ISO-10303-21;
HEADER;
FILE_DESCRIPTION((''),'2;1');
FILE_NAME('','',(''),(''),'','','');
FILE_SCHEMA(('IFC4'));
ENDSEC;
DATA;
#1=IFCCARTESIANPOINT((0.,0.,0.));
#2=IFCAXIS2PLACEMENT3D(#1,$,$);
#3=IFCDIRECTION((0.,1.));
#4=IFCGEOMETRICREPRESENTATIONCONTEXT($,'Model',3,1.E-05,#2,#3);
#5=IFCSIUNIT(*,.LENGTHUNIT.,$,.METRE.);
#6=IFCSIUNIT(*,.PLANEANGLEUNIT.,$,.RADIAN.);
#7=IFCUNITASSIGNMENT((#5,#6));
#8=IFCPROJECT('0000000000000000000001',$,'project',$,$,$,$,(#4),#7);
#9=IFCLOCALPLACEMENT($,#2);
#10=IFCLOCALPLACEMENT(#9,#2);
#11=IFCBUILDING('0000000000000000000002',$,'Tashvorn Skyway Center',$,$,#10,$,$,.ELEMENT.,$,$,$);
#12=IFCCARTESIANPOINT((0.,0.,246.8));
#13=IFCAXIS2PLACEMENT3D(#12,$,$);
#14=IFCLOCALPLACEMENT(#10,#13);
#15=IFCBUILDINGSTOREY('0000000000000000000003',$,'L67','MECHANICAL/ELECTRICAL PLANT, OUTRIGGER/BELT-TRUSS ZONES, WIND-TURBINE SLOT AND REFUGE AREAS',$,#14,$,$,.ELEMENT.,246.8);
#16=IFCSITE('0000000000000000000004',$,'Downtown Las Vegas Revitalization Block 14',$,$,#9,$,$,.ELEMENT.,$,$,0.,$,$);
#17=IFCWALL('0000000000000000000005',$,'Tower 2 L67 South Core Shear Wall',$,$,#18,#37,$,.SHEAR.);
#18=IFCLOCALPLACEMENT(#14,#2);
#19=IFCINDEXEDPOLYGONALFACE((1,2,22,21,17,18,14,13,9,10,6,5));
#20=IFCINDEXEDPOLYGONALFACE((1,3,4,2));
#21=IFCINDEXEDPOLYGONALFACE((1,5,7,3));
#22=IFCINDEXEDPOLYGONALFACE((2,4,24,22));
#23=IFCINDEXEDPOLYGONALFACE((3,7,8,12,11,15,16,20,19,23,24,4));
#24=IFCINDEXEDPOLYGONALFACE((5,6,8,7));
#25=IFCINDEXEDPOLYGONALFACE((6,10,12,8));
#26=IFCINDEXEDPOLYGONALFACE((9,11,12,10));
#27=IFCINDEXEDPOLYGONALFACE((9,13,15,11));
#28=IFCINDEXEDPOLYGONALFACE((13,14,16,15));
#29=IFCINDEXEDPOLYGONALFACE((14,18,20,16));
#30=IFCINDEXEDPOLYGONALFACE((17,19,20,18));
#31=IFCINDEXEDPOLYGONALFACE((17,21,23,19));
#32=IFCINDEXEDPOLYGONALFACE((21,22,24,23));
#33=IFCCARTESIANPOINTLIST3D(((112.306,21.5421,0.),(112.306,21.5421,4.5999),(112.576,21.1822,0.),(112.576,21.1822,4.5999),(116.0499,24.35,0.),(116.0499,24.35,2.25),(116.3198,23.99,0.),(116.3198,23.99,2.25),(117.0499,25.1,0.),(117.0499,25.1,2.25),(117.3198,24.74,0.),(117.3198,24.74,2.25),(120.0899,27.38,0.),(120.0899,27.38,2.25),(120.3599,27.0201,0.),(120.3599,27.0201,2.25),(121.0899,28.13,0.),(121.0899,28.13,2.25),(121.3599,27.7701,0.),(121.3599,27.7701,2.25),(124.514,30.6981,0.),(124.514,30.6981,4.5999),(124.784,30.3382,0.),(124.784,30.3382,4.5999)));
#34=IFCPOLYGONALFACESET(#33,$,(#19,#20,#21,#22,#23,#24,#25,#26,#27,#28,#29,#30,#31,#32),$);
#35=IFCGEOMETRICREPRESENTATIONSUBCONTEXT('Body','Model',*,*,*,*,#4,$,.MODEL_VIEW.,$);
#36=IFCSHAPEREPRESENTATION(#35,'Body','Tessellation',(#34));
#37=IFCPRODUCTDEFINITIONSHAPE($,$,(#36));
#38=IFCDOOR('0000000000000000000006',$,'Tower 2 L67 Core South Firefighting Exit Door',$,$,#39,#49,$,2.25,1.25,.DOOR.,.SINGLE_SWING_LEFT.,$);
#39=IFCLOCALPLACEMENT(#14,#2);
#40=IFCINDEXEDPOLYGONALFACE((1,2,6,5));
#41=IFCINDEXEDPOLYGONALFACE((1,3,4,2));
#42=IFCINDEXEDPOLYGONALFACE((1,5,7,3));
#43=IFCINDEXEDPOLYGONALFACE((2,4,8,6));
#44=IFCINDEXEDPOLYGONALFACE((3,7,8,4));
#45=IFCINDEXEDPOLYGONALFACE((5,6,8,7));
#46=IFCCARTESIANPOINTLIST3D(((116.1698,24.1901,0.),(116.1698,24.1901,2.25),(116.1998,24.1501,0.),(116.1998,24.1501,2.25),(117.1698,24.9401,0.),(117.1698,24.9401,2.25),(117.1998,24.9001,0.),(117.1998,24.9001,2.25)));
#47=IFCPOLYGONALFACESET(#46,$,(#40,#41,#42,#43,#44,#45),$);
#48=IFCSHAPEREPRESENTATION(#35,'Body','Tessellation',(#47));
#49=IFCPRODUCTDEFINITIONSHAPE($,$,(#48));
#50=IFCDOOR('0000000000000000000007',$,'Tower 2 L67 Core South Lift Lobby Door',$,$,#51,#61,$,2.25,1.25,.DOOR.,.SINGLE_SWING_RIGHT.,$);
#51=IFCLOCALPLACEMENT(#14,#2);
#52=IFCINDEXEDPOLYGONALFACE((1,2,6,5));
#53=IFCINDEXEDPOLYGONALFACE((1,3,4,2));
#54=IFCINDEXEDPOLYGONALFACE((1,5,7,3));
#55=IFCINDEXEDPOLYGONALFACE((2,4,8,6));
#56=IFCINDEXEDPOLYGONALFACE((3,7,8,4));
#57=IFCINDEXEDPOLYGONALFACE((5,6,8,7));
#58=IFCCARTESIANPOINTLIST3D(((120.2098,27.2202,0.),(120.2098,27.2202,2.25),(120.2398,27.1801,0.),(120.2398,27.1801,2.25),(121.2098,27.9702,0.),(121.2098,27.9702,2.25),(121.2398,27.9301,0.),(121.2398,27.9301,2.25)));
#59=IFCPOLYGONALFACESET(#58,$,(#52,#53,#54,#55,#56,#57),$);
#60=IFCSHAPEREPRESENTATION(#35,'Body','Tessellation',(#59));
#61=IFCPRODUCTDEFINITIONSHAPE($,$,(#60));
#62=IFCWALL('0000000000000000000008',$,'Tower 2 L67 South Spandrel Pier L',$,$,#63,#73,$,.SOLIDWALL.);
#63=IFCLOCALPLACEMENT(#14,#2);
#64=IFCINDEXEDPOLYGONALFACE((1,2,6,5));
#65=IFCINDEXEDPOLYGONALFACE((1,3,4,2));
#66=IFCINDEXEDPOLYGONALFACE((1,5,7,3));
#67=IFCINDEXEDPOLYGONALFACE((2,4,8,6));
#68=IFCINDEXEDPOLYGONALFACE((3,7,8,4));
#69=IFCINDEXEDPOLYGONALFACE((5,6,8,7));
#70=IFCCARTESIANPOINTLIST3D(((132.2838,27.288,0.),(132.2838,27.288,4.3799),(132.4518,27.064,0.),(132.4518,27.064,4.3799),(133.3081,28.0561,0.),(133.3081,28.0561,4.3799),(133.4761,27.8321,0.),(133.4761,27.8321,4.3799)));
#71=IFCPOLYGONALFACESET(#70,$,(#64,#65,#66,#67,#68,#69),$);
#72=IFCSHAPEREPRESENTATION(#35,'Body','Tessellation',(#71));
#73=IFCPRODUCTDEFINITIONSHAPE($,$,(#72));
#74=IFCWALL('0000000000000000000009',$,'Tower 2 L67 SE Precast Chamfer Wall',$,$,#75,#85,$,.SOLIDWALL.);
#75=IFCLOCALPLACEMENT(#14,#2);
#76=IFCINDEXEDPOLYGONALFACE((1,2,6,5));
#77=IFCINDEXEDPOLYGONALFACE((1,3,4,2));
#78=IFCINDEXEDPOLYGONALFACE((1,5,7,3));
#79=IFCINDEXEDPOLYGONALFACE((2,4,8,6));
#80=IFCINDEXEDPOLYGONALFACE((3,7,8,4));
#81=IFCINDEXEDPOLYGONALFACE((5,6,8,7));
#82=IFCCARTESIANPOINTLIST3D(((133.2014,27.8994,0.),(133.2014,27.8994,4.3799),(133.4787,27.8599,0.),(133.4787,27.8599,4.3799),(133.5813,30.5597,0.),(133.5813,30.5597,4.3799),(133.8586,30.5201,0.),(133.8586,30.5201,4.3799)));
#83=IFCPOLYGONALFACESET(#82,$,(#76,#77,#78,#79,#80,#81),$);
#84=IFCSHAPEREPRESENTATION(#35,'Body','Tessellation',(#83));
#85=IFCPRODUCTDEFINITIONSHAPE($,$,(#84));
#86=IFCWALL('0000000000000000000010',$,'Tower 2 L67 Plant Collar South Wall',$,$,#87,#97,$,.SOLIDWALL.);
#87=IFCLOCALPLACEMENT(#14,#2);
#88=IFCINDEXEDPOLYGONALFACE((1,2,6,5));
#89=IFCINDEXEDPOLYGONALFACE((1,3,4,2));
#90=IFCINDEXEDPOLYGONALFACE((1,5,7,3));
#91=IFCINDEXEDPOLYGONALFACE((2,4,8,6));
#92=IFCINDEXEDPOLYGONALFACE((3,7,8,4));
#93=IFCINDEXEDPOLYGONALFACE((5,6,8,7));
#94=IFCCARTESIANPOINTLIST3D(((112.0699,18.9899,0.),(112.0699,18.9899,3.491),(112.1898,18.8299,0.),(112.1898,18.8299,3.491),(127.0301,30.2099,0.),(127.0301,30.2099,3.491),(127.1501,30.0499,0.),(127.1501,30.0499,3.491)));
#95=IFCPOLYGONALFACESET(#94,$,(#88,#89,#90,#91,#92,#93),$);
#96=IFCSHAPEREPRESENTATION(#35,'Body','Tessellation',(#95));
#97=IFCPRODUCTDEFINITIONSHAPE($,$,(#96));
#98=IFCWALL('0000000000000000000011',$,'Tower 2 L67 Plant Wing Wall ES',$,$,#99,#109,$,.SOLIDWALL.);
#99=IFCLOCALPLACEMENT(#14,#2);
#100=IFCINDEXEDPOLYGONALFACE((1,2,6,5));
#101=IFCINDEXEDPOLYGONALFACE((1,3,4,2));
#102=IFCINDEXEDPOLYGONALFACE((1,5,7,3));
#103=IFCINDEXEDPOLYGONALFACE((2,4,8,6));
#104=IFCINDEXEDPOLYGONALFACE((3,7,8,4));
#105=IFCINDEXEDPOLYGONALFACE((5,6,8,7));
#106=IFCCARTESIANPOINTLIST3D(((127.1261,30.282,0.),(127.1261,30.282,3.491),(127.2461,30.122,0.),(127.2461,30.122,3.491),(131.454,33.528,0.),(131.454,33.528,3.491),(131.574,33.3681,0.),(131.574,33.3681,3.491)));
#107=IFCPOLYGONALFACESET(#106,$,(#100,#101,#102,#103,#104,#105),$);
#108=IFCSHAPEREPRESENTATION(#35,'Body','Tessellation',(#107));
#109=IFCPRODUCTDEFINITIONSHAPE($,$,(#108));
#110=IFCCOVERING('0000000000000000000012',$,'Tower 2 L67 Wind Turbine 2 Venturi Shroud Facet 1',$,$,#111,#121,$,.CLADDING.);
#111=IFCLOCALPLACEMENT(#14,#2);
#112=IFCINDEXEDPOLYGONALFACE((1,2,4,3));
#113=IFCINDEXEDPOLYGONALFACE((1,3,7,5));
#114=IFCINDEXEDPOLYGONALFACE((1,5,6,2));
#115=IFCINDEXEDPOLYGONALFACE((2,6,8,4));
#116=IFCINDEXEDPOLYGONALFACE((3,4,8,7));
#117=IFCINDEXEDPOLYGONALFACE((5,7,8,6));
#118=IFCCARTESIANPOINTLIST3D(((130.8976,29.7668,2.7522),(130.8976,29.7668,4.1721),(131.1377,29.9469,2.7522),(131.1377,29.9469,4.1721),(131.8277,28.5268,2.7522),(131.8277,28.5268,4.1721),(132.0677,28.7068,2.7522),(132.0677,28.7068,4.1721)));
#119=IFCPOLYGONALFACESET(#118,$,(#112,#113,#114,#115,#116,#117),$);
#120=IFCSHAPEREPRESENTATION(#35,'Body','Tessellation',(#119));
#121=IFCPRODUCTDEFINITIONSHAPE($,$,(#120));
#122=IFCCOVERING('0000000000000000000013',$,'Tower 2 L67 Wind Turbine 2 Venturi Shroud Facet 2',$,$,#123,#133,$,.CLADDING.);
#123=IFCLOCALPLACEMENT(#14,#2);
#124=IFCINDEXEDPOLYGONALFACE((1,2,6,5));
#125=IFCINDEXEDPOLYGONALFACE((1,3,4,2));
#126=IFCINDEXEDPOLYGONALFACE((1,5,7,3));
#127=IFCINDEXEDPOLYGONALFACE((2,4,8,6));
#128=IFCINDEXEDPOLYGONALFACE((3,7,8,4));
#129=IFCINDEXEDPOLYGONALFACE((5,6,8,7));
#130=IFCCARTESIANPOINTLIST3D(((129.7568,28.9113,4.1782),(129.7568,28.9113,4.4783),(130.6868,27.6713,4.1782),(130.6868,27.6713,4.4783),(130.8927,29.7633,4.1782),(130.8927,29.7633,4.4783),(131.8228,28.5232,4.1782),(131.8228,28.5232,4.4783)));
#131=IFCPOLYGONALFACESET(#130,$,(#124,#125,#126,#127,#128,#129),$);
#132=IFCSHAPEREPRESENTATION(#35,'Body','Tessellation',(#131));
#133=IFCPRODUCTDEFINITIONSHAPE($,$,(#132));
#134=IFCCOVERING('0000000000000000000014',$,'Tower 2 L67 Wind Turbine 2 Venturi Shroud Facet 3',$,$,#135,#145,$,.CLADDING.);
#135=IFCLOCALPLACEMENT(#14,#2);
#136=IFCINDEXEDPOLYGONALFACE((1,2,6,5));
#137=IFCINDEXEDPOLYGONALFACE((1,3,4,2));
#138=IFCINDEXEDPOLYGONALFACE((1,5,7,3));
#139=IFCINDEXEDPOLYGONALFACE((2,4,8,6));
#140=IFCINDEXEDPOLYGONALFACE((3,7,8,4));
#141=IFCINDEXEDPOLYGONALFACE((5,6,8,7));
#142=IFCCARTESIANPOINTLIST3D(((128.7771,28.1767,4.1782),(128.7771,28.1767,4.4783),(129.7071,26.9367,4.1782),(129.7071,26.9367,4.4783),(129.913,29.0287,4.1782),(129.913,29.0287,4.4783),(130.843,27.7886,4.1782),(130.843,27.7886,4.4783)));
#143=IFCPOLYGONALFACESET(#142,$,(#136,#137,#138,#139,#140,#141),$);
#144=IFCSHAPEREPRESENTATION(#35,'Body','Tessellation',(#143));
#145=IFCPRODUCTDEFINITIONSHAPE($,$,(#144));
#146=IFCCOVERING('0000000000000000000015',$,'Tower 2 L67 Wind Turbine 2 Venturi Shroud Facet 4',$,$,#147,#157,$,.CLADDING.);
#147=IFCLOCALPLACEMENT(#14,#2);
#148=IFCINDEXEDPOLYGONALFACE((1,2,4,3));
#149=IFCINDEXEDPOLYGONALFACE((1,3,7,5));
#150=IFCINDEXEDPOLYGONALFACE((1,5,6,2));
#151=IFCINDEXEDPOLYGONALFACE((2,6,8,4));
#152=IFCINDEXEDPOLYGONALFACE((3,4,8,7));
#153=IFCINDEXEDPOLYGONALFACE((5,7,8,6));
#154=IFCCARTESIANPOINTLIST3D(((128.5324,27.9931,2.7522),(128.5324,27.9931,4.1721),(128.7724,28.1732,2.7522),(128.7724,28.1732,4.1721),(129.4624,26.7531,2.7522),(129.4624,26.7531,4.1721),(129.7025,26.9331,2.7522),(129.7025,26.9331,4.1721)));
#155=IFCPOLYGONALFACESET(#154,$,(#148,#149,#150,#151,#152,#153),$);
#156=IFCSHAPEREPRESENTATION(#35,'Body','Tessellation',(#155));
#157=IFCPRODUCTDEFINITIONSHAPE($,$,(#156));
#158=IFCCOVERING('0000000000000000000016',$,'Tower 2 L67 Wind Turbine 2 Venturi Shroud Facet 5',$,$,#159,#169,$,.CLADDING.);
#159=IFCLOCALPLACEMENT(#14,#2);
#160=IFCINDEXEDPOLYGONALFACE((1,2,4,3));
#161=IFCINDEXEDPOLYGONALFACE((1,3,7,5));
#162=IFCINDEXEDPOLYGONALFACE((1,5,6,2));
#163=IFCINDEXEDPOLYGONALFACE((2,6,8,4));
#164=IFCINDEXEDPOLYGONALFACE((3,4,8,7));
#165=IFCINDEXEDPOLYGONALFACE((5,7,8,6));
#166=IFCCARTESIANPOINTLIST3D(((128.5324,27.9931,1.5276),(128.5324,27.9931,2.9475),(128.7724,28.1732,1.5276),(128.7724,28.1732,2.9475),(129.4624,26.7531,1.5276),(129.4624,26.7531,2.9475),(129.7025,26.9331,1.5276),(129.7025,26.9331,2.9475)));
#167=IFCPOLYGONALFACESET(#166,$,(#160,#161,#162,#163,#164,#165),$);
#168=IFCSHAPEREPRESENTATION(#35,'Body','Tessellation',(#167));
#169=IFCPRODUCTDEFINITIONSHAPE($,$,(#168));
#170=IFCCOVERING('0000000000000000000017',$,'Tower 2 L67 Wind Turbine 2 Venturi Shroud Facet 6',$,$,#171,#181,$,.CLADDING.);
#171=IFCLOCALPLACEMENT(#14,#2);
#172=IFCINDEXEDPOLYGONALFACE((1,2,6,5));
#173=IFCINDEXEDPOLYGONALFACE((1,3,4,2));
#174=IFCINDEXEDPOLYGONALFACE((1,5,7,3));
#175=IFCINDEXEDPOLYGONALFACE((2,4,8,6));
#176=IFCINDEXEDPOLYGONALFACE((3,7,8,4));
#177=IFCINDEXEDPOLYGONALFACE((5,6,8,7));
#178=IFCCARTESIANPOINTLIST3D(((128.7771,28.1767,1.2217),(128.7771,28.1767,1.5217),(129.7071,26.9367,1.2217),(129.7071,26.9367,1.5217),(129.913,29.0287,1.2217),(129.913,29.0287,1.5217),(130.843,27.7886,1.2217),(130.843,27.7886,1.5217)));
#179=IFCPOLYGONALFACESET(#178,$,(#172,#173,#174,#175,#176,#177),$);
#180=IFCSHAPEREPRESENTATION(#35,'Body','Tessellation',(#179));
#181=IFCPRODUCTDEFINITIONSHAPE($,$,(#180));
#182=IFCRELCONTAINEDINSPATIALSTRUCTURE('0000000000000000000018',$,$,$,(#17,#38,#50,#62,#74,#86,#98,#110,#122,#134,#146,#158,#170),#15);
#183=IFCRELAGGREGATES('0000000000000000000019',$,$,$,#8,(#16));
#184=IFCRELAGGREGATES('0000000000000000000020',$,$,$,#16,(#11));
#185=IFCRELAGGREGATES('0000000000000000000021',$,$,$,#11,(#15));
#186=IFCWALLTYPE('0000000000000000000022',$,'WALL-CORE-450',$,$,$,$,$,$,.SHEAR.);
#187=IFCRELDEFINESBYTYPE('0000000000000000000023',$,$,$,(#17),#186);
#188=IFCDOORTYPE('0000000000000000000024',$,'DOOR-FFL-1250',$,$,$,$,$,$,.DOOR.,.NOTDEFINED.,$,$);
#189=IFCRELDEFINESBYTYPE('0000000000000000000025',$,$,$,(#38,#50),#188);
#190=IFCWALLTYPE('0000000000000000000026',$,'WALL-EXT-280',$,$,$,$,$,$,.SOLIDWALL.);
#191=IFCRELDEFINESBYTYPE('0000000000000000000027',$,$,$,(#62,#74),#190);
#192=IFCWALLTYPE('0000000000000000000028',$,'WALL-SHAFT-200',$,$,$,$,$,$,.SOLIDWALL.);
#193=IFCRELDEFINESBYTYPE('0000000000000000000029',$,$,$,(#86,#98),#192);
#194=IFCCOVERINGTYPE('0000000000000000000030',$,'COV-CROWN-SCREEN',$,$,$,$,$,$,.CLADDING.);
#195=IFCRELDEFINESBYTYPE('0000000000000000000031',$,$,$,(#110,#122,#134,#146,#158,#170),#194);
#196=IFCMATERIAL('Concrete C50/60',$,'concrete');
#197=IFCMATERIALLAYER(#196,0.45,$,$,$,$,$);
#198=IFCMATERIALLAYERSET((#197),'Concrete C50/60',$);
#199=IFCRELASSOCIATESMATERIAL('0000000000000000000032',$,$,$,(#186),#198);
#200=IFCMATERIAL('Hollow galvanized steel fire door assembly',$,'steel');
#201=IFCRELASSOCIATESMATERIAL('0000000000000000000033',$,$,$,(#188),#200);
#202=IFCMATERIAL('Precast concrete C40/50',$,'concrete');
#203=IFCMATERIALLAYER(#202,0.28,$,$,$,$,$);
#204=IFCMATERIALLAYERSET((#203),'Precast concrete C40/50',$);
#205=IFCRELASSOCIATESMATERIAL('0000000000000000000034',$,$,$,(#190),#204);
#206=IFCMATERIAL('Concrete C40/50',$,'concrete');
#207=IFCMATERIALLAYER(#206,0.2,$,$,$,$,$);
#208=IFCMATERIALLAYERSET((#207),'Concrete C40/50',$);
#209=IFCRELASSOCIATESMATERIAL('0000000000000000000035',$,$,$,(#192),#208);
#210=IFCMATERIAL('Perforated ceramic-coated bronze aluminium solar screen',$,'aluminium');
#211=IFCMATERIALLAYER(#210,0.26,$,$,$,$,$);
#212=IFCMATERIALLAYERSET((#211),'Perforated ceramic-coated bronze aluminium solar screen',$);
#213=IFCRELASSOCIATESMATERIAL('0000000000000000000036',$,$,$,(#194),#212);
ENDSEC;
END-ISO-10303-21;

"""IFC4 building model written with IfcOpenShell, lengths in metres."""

from ifc_helpers import new_model, si_unit, direction, frame, frame_2d, origin, origin_2d, place, context, subcontext, project, spatial, rectangle, extrude, material, layer, layer_set, type_object, element, fill, save


model = new_model("IFC4")

# Units and contexts
model_context = context("Model", 3, precision=1e-05, world=origin(), true_north=direction((0.0, 1.0)))
body_context = subcontext(model_context, "Body", "Model", "MODEL_VIEW")
ifc_project = project(units=[si_unit("LENGTHUNIT", "METRE"), si_unit("PLANEANGLEUNIT", "RADIAN")], contexts=[model_context])

# Site, building, storey
site_placement = place(None, origin())
site = spatial("IfcSite", under=ifc_project, at=site_placement, Name="Downtown Las Vegas Revitalization Block 14", CompositionType="ELEMENT", RefElevation=0.0)
building_placement = place(site_placement, origin())
building = spatial("IfcBuilding", under=site, at=building_placement, Name="Tashvorn Skyway Center", CompositionType="ELEMENT")
storey_placement = place(building_placement, frame((0.0, 0.0, 246.8)))
storey = spatial("IfcBuildingStorey", under=building, at=storey_placement, Name="L67", Description="MECHANICAL/ELECTRICAL PLANT, OUTRIGGER/BELT-TRUSS ZONES, WIND-TURBINE SLOT AND REFUGE AREAS", CompositionType="ELEMENT", Elevation=246.8)

# Wall, openings, doors
ifc_material_1 = material(Name="Concrete C50/60", Category="concrete")
ifc_layer_1 = layer(ifc_material_1, 0.45)
ifc_layer_set_1 = layer_set([ifc_layer_1], Name="Concrete C50/60")
wall_type_1 = type_object("IfcWallType", Name="WALL-CORE-450", PredefinedType="SHEAR", material=ifc_layer_set_1)
wall_1_placement = place(storey_placement, frame((124.6489, 30.5181, 0.0), z_axis=(0.0, 0.0, 1.0), x_axis=(-0.8, -0.6, 0.0)))
wall_1 = element("IfcWall", 1, at=wall_1_placement, inside=storey, type_object=wall_type_1, Name="Tower 2 L67 South Core Shear Wall", PredefinedType="SHEAR", context=body_context, shape_type="SweptSolid", body=[
    extrude(rectangle(XDim=15.26, YDim=0.45, at=frame_2d((7.6299, 0.0))), origin(), (0.0, 0.0, 1.0), 4.5999),
])
opening_1_placement = place(wall_1_placement, frame((9.3301, 0.0, 0.0)))
opening_1 = element("IfcOpeningElement", 2, at=opening_1_placement, cuts=wall_1, PredefinedType="OPENING", context=body_context, shape_type="SweptSolid", body=[
    extrude(rectangle(XDim=1.25, YDim=2.25, at=frame_2d((0.625, 1.125))), frame((0.0, 0.2349, 0.0), z_axis=(0.0, -1.0, 0.0), x_axis=(1.0, 0.0, 0.0)), (0.0, 0.0, 1.0), 0.47),
])
opening_2_placement = place(wall_1_placement, frame((4.28, 0.0, 0.0)))
opening_2 = element("IfcOpeningElement", 3, at=opening_2_placement, cuts=wall_1, PredefinedType="OPENING", context=body_context, shape_type="SweptSolid", body=[
    extrude(rectangle(XDim=1.25, YDim=2.25, at=frame_2d((0.625, 1.125))), frame((0.0, 0.2349, 0.0), z_axis=(0.0, -1.0, 0.0), x_axis=(1.0, 0.0, 0.0)), (0.0, 0.0, 1.0), 0.47),
])
ifc_material_2 = material(Name="Hollow galvanized steel fire door assembly", Category="steel")
door_type = type_object("IfcDoorType", Name="DOOR-FFL-1250", OperationType="NOTDEFINED", PredefinedType="DOOR", material=ifc_material_2)
door_1_placement = place(opening_1_placement, origin())
door_1 = element("IfcDoor", 4, at=door_1_placement, inside=storey, type_object=door_type, Name="Tower 2 L67 Core South Firefighting Exit Door", OperationType="SINGLE_SWING_LEFT", OverallHeight=2.25, OverallWidth=1.25, PredefinedType="DOOR", context=body_context, shape_type="SweptSolid", body=[
    extrude(rectangle(XDim=1.25, YDim=2.25, at=frame_2d((0.625, 1.125))), frame((0.0, 0.0249, 0.0), z_axis=(0.0, -1.0, 0.0), x_axis=(1.0, 0.0, 0.0)), (0.0, 0.0, 1.0), 0.05),
])
fill(opening_1, door_1)
door_2_placement = place(opening_2_placement, origin())
door_2 = element("IfcDoor", 5, at=door_2_placement, inside=storey, type_object=door_type, Name="Tower 2 L67 Core South Lift Lobby Door", OperationType="SINGLE_SWING_RIGHT", OverallHeight=2.25, OverallWidth=1.25, PredefinedType="DOOR", context=body_context, shape_type="SweptSolid", body=[
    extrude(rectangle(XDim=1.25, YDim=2.25, at=frame_2d((0.625, 1.125))), frame((0.0, 0.0249, 0.0), z_axis=(0.0, -1.0, 0.0), x_axis=(1.0, 0.0, 0.0)), (0.0, 0.0, 1.0), 0.05),
])
fill(opening_2, door_2)

# Walls
ifc_material_3 = material(Name="Precast concrete C40/50", Category="concrete")
ifc_layer_2 = layer(ifc_material_3, 0.28)
ifc_layer_set_2 = layer_set([ifc_layer_2], Name="Precast concrete C40/50")
wall_type_2 = type_object("IfcWallType", Name="WALL-EXT-280", PredefinedType="SOLIDWALL", material=ifc_layer_set_2)
wall_2_placement = place(storey_placement, frame((133.3921, 27.9441, 0.0), z_axis=(0.0, 0.0, 1.0), x_axis=(-0.800023, -0.599969, 0.0)))
element("IfcWall", 6, at=wall_2_placement, inside=storey, type_object=wall_type_2, Name="Tower 2 L67 South Spandrel Pier L", PredefinedType="SOLIDWALL", context=body_context, shape_type="SweptSolid", body=[
    extrude(rectangle(XDim=1.2803, YDim=0.28, at=frame_2d((0.6401, 0.0))), origin(), (0.0, 0.0, 1.0), 4.3799),
])
wall_3_placement = place(storey_placement, frame((133.72, 30.54, 0.0), z_axis=(0.0, 0.0, 1.0), x_axis=(-0.14137, -0.989957, 0.0)))
element("IfcWall", 7, at=wall_3_placement, inside=storey, type_object=wall_type_2, Name="Tower 2 L67 SE Precast Chamfer Wall", PredefinedType="SOLIDWALL", context=body_context, shape_type="SweptSolid", body=[
    extrude(rectangle(XDim=2.6873, YDim=0.28, at=frame_2d((1.3438, 0.0))), origin(), (0.0, 0.0, 1.0), 4.3799),
])
ifc_material_4 = material(Name="Concrete C40/50", Category="concrete")
ifc_layer_3 = layer(ifc_material_4, 0.2)
ifc_layer_set_3 = layer_set([ifc_layer_3], Name="Concrete C40/50")
wall_type_3 = type_object("IfcWallType", Name="WALL-SHAFT-200", PredefinedType="SOLIDWALL", material=ifc_layer_set_3)
wall_4_placement = place(storey_placement, frame((127.0901, 30.1299, 0.0), z_axis=(0.0, 0.0, 1.0), x_axis=(-0.800005, -0.599994, 0.0)))
element("IfcWall", 8, at=wall_4_placement, inside=storey, type_object=wall_type_3, Name="Tower 2 L67 Plant Collar South Wall", PredefinedType="SOLIDWALL", context=body_context, shape_type="SweptSolid", body=[
    extrude(rectangle(XDim=18.7002, YDim=0.2, at=frame_2d((9.3501, 0.0))), origin(), (0.0, 0.0, 1.0), 3.491),
])
wall_5_placement = place(storey_placement, frame((127.186, 30.2019, 0.0), z_axis=(0.0, 0.0, 1.0), x_axis=(0.799984, 0.600022, 0.0)))
element("IfcWall", 9, at=wall_5_placement, inside=storey, type_object=wall_type_3, Name="Tower 2 L67 Plant Wing Wall ES", PredefinedType="SOLIDWALL", context=body_context, shape_type="SweptSolid", body=[
    extrude(rectangle(XDim=5.4099, YDim=0.2, at=frame_2d((2.7051, 0.0))), origin(), (0.0, 0.0, 1.0), 3.491),
])

# Coverings
ifc_material_5 = material(Name="Perforated ceramic-coated bronze aluminium solar screen", Category="aluminium")
ifc_layer_4 = layer(ifc_material_5, 0.26)
ifc_layer_set_4 = layer_set([ifc_layer_4], Name="Perforated ceramic-coated bronze aluminium solar screen")
covering_type_1 = type_object("IfcCoveringType", Name="COV-CROWN-SCREEN", PredefinedType="CLADDING", material=ifc_layer_set_4)
covering_1_placement = place(storey_placement, frame((131.4827, 29.2368, 2.7522), z_axis=(0.0, 0.0, 1.0), x_axis=(0.8, 0.6, 0.0)))
element("IfcCovering", 10, at=covering_1_placement, inside=storey, type_object=covering_type_1, Name="Tower 2 L67 Wind Turbine 2 Venturi Shroud Facet 1", PredefinedType="CLADDING", context=body_context, shape_type="SweptSolid", body=[
    extrude(rectangle(XDim=0.3, YDim=1.55, at=origin_2d()), origin(), (0.0, 0.0, 1.0), 1.4199),
])
for number, where, z_axis, x_axis, name in (
    (11, (130.7898, 28.7173, 4.1782), (0.0, 0.0, 1.0), (0.8, 0.6, 0.0), "Tower 2 L67 Wind Turbine 2 Venturi Shroud Facet 2"),
    (12, (129.8101, 27.9827, 4.1782), (0.0, 0.0, 1.0), (0.8, 0.6, 0.0), "Tower 2 L67 Wind Turbine 2 Venturi Shroud Facet 3"),
):
    element("IfcCovering", number, at=place(storey_placement, frame(where, z_axis=z_axis, x_axis=x_axis)), inside=storey, type_object=covering_type_1, Name=name, PredefinedType="CLADDING", context=body_context, shape_type="SweptSolid", body=[
        extrude(rectangle(XDim=1.4199, YDim=1.55, at=origin_2d()), origin(), (0.0, 0.0, 1.0), 0.3),
    ])
for number, where, z_axis, x_axis, name in (
    (13, (129.1174, 27.4631, 2.7522), (0.0, 0.0, 1.0), (0.8, 0.6, 0.0), "Tower 2 L67 Wind Turbine 2 Venturi Shroud Facet 4"),
    (14, (129.1174, 27.4631, 1.5276), (0.0, 0.0, 1.0), (0.8, 0.6, 0.0), "Tower 2 L67 Wind Turbine 2 Venturi Shroud Facet 5"),
):
    element("IfcCovering", number, at=place(storey_placement, frame(where, z_axis=z_axis, x_axis=x_axis)), inside=storey, type_object=covering_type_1, Name=name, PredefinedType="CLADDING", context=body_context, shape_type="SweptSolid", body=[
        extrude(rectangle(XDim=0.3, YDim=1.55, at=origin_2d()), origin(), (0.0, 0.0, 1.0), 1.4199),
    ])
for number, where, z_axis, x_axis, name in (
    (15, (129.8101, 27.9827, 1.2217), (0.0, 0.0, 1.0), (0.8, 0.6, 0.0), "Tower 2 L67 Wind Turbine 2 Venturi Shroud Facet 6"),
):
    element("IfcCovering", number, at=place(storey_placement, frame(where, z_axis=z_axis, x_axis=x_axis)), inside=storey, type_object=covering_type_1, Name=name, PredefinedType="CLADDING", context=body_context, shape_type="SweptSolid", body=[
        extrude(rectangle(XDim=1.4199, YDim=1.55, at=origin_2d()), origin(), (0.0, 0.0, 1.0), 0.3),
    ])

save(model, "model.ifc")
